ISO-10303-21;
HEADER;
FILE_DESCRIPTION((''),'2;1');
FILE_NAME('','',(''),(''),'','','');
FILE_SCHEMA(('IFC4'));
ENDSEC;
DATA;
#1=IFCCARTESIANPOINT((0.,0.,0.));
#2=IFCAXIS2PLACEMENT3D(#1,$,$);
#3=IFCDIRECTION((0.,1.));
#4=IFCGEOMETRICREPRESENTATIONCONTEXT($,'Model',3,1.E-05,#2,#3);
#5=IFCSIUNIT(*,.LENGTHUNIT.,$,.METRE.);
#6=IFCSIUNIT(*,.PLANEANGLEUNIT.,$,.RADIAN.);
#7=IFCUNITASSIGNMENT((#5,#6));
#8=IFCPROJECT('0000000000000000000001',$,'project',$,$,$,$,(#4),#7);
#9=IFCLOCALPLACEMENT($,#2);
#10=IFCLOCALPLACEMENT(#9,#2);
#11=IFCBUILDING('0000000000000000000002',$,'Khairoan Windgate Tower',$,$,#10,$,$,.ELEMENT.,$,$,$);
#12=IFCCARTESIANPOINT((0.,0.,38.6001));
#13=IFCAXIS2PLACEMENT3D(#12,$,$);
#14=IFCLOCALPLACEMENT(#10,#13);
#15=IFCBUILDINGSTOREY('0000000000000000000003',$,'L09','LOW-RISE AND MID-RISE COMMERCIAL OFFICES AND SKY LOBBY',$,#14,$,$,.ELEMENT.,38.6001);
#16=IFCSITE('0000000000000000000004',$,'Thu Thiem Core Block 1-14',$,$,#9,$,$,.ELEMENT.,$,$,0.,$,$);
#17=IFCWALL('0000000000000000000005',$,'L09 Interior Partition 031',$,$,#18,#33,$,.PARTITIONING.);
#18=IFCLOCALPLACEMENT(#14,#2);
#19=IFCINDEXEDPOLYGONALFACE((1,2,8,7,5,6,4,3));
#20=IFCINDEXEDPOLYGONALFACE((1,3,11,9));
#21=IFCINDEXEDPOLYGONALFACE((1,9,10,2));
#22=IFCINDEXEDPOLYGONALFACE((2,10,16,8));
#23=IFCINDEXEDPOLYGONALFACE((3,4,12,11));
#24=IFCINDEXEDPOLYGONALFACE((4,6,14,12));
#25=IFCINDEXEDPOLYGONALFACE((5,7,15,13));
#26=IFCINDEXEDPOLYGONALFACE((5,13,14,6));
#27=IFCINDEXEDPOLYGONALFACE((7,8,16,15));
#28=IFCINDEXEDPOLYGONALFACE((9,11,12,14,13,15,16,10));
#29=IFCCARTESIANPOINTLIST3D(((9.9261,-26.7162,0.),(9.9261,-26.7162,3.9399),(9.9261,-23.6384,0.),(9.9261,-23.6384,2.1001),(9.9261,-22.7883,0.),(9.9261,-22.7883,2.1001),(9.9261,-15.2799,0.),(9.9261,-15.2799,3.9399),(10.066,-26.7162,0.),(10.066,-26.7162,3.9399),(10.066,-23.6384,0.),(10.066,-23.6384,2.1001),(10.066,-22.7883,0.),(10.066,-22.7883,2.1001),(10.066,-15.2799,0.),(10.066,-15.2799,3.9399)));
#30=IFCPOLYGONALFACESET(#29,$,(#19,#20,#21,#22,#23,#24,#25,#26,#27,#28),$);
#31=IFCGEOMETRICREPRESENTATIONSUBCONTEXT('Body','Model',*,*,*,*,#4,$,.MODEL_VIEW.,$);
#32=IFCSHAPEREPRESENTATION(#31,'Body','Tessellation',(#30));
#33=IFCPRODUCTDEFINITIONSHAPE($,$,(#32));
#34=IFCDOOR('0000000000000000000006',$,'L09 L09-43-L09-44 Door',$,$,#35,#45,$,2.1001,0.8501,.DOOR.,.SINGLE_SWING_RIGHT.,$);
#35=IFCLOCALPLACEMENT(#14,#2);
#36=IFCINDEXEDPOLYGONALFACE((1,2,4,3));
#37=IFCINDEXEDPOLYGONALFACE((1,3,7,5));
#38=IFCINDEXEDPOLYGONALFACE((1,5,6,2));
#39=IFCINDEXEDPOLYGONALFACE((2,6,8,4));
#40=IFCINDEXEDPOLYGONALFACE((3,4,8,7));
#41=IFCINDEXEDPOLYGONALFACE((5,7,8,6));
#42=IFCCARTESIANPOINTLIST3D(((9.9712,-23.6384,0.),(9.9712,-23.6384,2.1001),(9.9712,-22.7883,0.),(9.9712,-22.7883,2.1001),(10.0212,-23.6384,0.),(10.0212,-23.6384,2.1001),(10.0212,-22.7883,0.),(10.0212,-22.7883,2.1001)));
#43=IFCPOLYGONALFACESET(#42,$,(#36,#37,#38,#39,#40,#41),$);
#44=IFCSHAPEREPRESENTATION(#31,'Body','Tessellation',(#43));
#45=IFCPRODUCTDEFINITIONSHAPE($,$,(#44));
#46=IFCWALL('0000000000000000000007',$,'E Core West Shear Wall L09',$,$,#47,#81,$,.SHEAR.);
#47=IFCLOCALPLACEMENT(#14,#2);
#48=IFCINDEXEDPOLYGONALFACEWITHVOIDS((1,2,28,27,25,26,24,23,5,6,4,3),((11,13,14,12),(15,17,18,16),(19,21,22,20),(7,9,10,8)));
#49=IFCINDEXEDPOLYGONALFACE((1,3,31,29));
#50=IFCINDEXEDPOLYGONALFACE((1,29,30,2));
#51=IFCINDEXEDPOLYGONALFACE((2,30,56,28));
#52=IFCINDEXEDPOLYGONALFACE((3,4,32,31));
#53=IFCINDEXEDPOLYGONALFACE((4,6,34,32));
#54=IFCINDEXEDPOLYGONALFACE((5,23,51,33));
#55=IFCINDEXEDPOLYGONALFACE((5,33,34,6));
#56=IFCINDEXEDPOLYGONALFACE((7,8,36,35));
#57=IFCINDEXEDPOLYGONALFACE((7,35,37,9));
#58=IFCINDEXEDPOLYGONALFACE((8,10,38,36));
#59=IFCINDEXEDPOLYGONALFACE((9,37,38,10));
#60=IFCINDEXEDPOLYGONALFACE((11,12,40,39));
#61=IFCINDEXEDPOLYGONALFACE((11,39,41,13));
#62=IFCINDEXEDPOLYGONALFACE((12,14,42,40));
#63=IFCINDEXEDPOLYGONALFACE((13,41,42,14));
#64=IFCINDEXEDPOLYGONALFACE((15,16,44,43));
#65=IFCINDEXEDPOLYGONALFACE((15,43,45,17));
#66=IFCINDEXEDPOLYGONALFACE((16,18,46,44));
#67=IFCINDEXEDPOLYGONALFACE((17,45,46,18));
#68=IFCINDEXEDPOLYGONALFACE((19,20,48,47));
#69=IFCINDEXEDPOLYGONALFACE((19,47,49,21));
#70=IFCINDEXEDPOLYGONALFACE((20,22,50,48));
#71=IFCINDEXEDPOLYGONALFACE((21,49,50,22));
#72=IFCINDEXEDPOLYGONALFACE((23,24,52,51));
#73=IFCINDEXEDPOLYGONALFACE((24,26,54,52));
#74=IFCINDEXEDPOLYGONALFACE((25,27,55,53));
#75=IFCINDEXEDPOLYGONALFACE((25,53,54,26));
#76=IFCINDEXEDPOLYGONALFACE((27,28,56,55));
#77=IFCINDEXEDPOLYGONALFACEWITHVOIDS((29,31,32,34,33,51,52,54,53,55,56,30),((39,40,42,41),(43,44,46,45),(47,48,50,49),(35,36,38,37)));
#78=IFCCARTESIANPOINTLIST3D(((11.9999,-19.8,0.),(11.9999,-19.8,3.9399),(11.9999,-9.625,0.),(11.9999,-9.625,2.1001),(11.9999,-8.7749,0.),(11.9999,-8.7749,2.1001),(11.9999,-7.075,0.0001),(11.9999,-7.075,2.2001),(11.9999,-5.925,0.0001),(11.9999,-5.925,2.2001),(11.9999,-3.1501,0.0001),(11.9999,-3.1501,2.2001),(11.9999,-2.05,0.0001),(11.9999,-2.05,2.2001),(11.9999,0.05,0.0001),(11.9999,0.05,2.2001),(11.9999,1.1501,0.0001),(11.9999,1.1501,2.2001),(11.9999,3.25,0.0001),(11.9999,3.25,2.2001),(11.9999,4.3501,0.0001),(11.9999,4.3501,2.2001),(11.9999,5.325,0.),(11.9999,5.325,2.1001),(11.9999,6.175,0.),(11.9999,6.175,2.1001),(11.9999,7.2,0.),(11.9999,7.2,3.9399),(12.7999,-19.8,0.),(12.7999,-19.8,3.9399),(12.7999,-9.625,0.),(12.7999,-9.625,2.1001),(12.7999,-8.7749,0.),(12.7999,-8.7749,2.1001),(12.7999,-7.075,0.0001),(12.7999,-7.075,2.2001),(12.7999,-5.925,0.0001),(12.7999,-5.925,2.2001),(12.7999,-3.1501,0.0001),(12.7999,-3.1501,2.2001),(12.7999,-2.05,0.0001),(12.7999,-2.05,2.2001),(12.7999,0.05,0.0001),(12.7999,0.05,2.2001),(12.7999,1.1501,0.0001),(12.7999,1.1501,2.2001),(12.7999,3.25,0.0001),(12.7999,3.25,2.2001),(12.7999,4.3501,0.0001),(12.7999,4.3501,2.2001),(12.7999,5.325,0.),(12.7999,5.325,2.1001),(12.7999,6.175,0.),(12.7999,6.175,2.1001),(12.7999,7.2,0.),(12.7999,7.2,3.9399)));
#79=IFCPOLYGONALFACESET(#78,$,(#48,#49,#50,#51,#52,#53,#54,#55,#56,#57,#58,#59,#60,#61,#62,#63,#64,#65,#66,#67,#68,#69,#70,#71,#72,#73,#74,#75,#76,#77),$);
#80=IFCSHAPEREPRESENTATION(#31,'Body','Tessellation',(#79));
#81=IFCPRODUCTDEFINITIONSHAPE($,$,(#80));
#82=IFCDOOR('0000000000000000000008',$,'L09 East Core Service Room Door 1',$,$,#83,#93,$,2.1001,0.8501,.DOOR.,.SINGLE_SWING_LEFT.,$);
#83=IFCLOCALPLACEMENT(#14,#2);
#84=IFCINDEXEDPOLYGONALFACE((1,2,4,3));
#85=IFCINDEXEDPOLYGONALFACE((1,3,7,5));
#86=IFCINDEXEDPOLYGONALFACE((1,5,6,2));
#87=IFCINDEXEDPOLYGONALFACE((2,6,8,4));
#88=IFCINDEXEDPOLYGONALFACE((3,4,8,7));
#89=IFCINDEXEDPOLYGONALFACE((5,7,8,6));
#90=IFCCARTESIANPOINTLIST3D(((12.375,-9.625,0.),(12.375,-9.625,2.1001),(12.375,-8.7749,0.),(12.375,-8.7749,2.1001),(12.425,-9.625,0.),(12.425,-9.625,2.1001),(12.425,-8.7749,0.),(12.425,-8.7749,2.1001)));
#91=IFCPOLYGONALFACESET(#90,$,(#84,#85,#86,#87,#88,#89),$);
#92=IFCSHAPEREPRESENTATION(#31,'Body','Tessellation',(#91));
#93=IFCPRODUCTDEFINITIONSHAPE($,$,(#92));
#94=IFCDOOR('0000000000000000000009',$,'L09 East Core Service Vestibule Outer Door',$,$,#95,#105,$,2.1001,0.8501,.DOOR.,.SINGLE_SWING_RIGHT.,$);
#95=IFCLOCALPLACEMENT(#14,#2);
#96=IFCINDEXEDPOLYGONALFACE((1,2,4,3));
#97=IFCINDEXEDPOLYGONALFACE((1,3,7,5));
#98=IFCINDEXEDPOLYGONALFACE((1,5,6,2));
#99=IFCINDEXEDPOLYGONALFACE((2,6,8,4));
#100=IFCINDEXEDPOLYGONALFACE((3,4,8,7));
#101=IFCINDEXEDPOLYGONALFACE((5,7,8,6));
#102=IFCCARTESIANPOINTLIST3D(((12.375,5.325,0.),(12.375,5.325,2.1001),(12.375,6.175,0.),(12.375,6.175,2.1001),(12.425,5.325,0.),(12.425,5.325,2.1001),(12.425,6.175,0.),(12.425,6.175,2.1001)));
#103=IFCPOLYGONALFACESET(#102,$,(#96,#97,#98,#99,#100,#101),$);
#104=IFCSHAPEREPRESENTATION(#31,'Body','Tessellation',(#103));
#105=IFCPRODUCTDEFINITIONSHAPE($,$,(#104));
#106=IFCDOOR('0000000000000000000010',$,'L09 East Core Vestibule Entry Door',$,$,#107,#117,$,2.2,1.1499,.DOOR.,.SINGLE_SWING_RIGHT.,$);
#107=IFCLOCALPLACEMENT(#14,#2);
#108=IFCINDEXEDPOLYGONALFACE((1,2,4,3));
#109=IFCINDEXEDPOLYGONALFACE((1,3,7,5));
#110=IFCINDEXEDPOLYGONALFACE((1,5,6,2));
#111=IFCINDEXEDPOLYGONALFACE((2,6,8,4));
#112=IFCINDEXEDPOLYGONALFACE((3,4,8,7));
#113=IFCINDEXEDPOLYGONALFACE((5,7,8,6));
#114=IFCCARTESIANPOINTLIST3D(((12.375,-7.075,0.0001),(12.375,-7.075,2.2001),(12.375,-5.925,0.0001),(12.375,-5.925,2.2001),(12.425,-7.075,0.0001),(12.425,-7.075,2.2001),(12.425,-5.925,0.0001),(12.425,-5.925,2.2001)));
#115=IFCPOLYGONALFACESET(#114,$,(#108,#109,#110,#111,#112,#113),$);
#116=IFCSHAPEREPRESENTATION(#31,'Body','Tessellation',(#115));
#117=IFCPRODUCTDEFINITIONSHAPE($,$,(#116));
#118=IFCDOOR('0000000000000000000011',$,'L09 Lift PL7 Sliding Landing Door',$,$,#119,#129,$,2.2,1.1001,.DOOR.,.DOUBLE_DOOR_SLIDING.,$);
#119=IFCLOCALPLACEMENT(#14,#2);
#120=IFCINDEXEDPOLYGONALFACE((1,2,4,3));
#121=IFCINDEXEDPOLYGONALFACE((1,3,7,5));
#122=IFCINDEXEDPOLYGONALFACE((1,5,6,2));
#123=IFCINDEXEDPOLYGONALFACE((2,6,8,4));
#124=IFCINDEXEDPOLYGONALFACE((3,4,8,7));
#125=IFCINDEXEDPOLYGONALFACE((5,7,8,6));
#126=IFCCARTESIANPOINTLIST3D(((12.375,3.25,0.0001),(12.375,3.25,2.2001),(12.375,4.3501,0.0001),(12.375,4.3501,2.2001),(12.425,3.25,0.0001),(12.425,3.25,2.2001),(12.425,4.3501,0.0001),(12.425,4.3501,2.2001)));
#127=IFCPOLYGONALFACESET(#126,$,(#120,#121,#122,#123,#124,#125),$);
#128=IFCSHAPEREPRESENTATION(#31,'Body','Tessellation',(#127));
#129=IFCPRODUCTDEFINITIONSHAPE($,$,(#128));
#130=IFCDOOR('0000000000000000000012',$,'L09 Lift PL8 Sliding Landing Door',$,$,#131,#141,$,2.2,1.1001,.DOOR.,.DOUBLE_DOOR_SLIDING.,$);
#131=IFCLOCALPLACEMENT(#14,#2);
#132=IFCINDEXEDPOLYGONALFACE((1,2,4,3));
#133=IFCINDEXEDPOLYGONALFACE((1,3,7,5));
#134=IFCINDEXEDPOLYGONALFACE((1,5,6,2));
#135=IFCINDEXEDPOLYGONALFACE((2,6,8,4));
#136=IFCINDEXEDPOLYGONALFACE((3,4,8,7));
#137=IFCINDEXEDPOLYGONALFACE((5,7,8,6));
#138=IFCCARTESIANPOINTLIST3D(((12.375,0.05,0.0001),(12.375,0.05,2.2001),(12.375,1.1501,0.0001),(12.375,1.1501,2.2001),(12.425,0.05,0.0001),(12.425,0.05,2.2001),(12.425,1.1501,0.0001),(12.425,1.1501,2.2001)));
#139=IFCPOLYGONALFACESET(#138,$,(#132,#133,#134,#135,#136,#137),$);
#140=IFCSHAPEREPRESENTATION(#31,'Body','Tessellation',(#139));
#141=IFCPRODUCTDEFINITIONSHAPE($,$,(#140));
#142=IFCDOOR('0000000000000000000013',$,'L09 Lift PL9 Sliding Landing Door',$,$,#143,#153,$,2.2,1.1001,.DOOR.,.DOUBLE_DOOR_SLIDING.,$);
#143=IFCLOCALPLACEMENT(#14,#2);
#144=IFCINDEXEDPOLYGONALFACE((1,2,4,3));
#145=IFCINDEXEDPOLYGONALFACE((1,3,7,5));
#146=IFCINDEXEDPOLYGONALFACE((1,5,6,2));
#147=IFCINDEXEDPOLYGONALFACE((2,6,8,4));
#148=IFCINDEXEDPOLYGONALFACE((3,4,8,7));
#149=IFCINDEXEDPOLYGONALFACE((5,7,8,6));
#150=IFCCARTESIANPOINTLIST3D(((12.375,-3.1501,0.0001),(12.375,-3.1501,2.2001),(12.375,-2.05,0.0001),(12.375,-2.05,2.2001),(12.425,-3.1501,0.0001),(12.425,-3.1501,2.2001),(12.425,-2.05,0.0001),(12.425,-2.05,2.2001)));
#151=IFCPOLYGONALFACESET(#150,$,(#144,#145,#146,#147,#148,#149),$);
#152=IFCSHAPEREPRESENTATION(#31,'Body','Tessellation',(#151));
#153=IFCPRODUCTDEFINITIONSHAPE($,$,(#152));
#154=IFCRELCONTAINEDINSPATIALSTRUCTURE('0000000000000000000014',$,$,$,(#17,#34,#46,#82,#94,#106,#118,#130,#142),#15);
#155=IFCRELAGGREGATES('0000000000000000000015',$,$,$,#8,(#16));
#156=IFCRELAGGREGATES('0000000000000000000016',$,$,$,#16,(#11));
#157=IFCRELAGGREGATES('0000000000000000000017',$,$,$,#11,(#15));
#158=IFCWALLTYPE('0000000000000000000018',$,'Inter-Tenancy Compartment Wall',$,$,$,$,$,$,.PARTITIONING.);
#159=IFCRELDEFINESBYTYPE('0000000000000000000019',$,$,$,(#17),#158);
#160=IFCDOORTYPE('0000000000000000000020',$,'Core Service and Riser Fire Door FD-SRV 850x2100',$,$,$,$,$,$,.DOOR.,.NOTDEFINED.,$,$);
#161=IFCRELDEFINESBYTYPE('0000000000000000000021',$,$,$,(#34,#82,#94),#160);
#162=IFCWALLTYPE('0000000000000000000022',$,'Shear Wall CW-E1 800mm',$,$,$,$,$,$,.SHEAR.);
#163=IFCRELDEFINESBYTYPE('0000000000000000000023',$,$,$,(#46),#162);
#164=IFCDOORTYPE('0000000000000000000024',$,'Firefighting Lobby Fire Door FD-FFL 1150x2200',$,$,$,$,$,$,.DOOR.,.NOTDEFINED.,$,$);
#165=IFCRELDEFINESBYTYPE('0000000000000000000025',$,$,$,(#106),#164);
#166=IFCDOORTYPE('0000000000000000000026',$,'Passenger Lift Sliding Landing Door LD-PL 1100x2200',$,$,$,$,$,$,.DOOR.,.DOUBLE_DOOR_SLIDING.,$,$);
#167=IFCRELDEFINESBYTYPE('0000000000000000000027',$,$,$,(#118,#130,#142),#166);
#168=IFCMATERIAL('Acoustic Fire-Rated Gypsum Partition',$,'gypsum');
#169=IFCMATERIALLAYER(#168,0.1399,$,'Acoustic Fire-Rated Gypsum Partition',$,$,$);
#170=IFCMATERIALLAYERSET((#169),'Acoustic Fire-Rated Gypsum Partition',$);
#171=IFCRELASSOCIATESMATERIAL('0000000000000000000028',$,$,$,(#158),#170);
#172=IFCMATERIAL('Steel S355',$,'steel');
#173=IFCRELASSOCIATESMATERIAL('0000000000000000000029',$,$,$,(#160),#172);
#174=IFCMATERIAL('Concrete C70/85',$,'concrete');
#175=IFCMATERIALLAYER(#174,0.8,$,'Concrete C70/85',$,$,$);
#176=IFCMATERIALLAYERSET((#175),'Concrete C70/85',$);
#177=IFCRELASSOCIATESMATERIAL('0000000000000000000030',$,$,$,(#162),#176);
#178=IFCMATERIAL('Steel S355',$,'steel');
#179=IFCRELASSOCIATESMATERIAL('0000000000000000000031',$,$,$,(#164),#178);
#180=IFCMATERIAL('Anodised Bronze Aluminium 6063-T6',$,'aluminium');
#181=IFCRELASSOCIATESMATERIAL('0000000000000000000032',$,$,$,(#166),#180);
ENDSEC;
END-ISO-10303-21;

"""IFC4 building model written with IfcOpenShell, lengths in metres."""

from ifc_helpers import new_model, si_unit, direction, frame, frame_2d, origin, place, context, subcontext, project, spatial, rectangle, extrude, material, layer, layer_set, type_object, element, fill, save


model = new_model("IFC4")

# Units and contexts
model_context = context("Model", 3, precision=1e-05, world=origin(), true_north=direction((0.0, 1.0)))
body_context = subcontext(model_context, "Body", "Model", "MODEL_VIEW")
ifc_project = project(units=[si_unit("LENGTHUNIT", "METRE"), si_unit("PLANEANGLEUNIT", "RADIAN")], contexts=[model_context])

# Site, building, storey
site_placement = place(None, origin())
site = spatial("IfcSite", under=ifc_project, at=site_placement, Name="Thu Thiem Core Block 1-14", CompositionType="ELEMENT", RefElevation=0.0)
building_placement = place(site_placement, origin())
building = spatial("IfcBuilding", under=site, at=building_placement, Name="Khairoan Windgate Tower", CompositionType="ELEMENT")
storey_placement = place(building_placement, frame((0.0, 0.0, 38.6001)))
storey = spatial("IfcBuildingStorey", under=building, at=storey_placement, Name="L09", Description="LOW-RISE AND MID-RISE COMMERCIAL OFFICES AND SKY LOBBY", CompositionType="ELEMENT", Elevation=38.6001)

# Wall, opening, door
ifc_material_1 = material(Name="Acoustic Fire-Rated Gypsum Partition", Category="gypsum")
ifc_layer_1 = layer(ifc_material_1, 0.1399, Name="Acoustic Fire-Rated Gypsum Partition")
ifc_layer_set_1 = layer_set([ifc_layer_1], Name="Acoustic Fire-Rated Gypsum Partition")
wall_type_1 = type_object("IfcWallType", Name="Inter-Tenancy Compartment Wall", PredefinedType="PARTITIONING", material=ifc_layer_set_1)
wall_1_placement = place(storey_placement, frame((9.9961, -26.7163, 0.0), z_axis=(0.0, 0.0, 1.0), x_axis=(0.0, 1.0, 0.0)))
wall_1 = element("IfcWall", 1, at=wall_1_placement, inside=storey, type_object=wall_type_1, Name="L09 Interior Partition 031", PredefinedType="PARTITIONING", context=body_context, shape_type="SweptSolid", body=[
    extrude(rectangle(XDim=11.4363, YDim=0.1399, at=frame_2d((5.7183, 0.0))), origin(), (0.0, 0.0, 1.0), 3.9399),
])
opening_1_placement = place(wall_1_placement, frame((3.0779, 0.0, 0.0)))
opening_1 = element("IfcOpeningElement", 2, at=opening_1_placement, cuts=wall_1, PredefinedType="OPENING", context=body_context, shape_type="SweptSolid", body=[
    extrude(rectangle(XDim=0.8501, YDim=2.1001, at=frame_2d((0.425, 1.05))), frame((0.0, 0.0798, 0.0), z_axis=(0.0, -1.0, 0.0), x_axis=(1.0, 0.0, 0.0)), (0.0, 0.0, 1.0), 0.1599),
])
ifc_material_2 = material(Name="Steel S355", Category="steel")
door_type_1 = type_object("IfcDoorType", Name="Core Service and Riser Fire Door FD-SRV 850x2100", OperationType="NOTDEFINED", PredefinedType="DOOR", material=ifc_material_2)
door_1_placement = place(opening_1_placement, origin())
door_1 = element("IfcDoor", 3, at=door_1_placement, inside=storey, type_object=door_type_1, Name="L09 L09-43-L09-44 Door", OperationType="SINGLE_SWING_RIGHT", OverallHeight=2.1001, OverallWidth=0.8501, PredefinedType="DOOR", context=body_context, shape_type="SweptSolid", body=[
    extrude(rectangle(XDim=0.8501, YDim=2.1001, at=frame_2d((0.425, 1.05))), frame((0.0, 0.0249, 0.0), z_axis=(0.0, -1.0, 0.0), x_axis=(1.0, 0.0, 0.0)), (0.0, 0.0, 1.0), 0.05),
])
fill(opening_1, door_1)

# Wall, openings, doors
ifc_material_3 = material(Name="Concrete C70/85", Category="concrete")
ifc_layer_2 = layer(ifc_material_3, 0.8, Name="Concrete C70/85")
ifc_layer_set_2 = layer_set([ifc_layer_2], Name="Concrete C70/85")
wall_type_2 = type_object("IfcWallType", Name="Shear Wall CW-E1 800mm", PredefinedType="SHEAR", material=ifc_layer_set_2)
wall_2_placement = place(storey_placement, frame((12.3999, -19.8, 0.0), z_axis=(0.0, 0.0, 1.0), x_axis=(0.0, 1.0, 0.0)))
wall_2 = element("IfcWall", 4, at=wall_2_placement, inside=storey, type_object=wall_type_2, Name="E Core West Shear Wall L09", PredefinedType="SHEAR", context=body_context, shape_type="SweptSolid", body=[
    extrude(rectangle(XDim=27.0, YDim=0.8, at=frame_2d((13.5, 0.0))), origin(), (0.0, 0.0, 1.0), 3.9399),
])
opening_2_placement = place(wall_2_placement, frame((23.05, 0.0, 0.0)))
opening_2 = element("IfcOpeningElement", 5, at=opening_2_placement, cuts=wall_2, PredefinedType="OPENING", context=body_context, shape_type="SweptSolid", body=[
    extrude(rectangle(XDim=1.1001, YDim=2.2, at=frame_2d((0.55, 1.1001))), frame((0.0, 0.4099, 0.0), z_axis=(0.0, -1.0, 0.0), x_axis=(1.0, 0.0, 0.0)), (0.0, 0.0, 1.0), 0.8201),
])
opening_3_placement = place(wall_2_placement, frame((19.8501, 0.0, 0.0)))
opening_3 = element("IfcOpeningElement", 6, at=opening_3_placement, cuts=wall_2, PredefinedType="OPENING", context=body_context, shape_type="SweptSolid", body=[
    extrude(rectangle(XDim=1.1001, YDim=2.2, at=frame_2d((0.55, 1.1001))), frame((0.0, 0.4099, 0.0), z_axis=(0.0, -1.0, 0.0), x_axis=(1.0, 0.0, 0.0)), (0.0, 0.0, 1.0), 0.8201),
])
opening_4_placement = place(wall_2_placement, frame((16.6499, 0.0, 0.0)))
opening_4 = element("IfcOpeningElement", 7, at=opening_4_placement, cuts=wall_2, PredefinedType="OPENING", context=body_context, shape_type="SweptSolid", body=[
    extrude(rectangle(XDim=1.1001, YDim=2.2, at=frame_2d((0.55, 1.1001))), frame((0.0, 0.4099, 0.0), z_axis=(0.0, -1.0, 0.0), x_axis=(1.0, 0.0, 0.0)), (0.0, 0.0, 1.0), 0.8201),
])
opening_5_placement = place(wall_2_placement, frame((10.175, 0.0, 0.0)))
opening_5 = element("IfcOpeningElement", 8, at=opening_5_placement, cuts=wall_2, PredefinedType="OPENING", context=body_context, shape_type="SweptSolid", body=[
    extrude(rectangle(XDim=0.8501, YDim=2.1001, at=frame_2d((0.425, 1.05))), frame((0.0, 0.4099, 0.0), z_axis=(0.0, -1.0, 0.0), x_axis=(1.0, 0.0, 0.0)), (0.0, 0.0, 1.0), 0.8201),
])
opening_6_placement = place(wall_2_placement, frame((12.7251, 0.0, 0.0)))
opening_6 = element("IfcOpeningElement", 9, at=opening_6_placement, cuts=wall_2, PredefinedType="OPENING", context=body_context, shape_type="SweptSolid", body=[
    extrude(rectangle(XDim=1.1499, YDim=2.2, at=frame_2d((0.575, 1.1001))), frame((0.0, 0.4099, 0.0), z_axis=(0.0, -1.0, 0.0), x_axis=(1.0, 0.0, 0.0)), (0.0, 0.0, 1.0), 0.8201),
])
opening_7_placement = place(wall_2_placement, frame((25.125, 0.0, 0.0)))
opening_7 = element("IfcOpeningElement", 10, at=opening_7_placement, cuts=wall_2, PredefinedType="OPENING", context=body_context, shape_type="SweptSolid", body=[
    extrude(rectangle(XDim=0.8501, YDim=2.1001, at=frame_2d((0.425, 1.05))), frame((0.0, 0.4099, 0.0), z_axis=(0.0, -1.0, 0.0), x_axis=(1.0, 0.0, 0.0)), (0.0, 0.0, 1.0), 0.8201),
])
door_2_placement = place(opening_5_placement, origin())
door_2 = element("IfcDoor", 11, at=door_2_placement, inside=storey, type_object=door_type_1, Name="L09 East Core Service Room Door 1", OperationType="SINGLE_SWING_LEFT", OverallHeight=2.1001, OverallWidth=0.8501, PredefinedType="DOOR", context=body_context, shape_type="SweptSolid", body=[
    extrude(rectangle(XDim=0.8501, YDim=2.1001, at=frame_2d((0.425, 1.05))), frame((0.0, 0.0249, 0.0), z_axis=(0.0, -1.0, 0.0), x_axis=(1.0, 0.0, 0.0)), (0.0, 0.0, 1.0), 0.05),
])
fill(opening_5, door_2)
door_3_placement = place(opening_7_placement, origin())
door_3 = element("IfcDoor", 12, at=door_3_placement, inside=storey, type_object=door_type_1, Name="L09 East Core Service Vestibule Outer Door", OperationType="SINGLE_SWING_RIGHT", OverallHeight=2.1001, OverallWidth=0.8501, PredefinedType="DOOR", context=body_context, shape_type="SweptSolid", body=[
    extrude(rectangle(XDim=0.8501, YDim=2.1001, at=frame_2d((0.425, 1.05))), frame((0.0, 0.0249, 0.0), z_axis=(0.0, -1.0, 0.0), x_axis=(1.0, 0.0, 0.0)), (0.0, 0.0, 1.0), 0.05),
])
fill(opening_7, door_3)
ifc_material_4 = material(Name="Steel S355", Category="steel")
door_type_2 = type_object("IfcDoorType", Name="Firefighting Lobby Fire Door FD-FFL 1150x2200", OperationType="NOTDEFINED", PredefinedType="DOOR", material=ifc_material_4)
door_4_placement = place(opening_6_placement, origin())
door_4 = element("IfcDoor", 13, at=door_4_placement, inside=storey, type_object=door_type_2, Name="L09 East Core Vestibule Entry Door", OperationType="SINGLE_SWING_RIGHT", OverallHeight=2.2, OverallWidth=1.1499, PredefinedType="DOOR", context=body_context, shape_type="SweptSolid", body=[
    extrude(rectangle(XDim=1.1499, YDim=2.2, at=frame_2d((0.575, 1.1001))), frame((0.0, 0.0249, 0.0), z_axis=(0.0, -1.0, 0.0), x_axis=(1.0, 0.0, 0.0)), (0.0, 0.0, 1.0), 0.05),
])
fill(opening_6, door_4)
ifc_material_5 = material(Name="Anodised Bronze Aluminium 6063-T6", Category="aluminium")
door_type_3 = type_object("IfcDoorType", Name="Passenger Lift Sliding Landing Door LD-PL 1100x2200", OperationType="DOUBLE_DOOR_SLIDING", PredefinedType="DOOR", material=ifc_material_5)
door_5_placement = place(opening_2_placement, origin())
door_5 = element("IfcDoor", 14, at=door_5_placement, inside=storey, type_object=door_type_3, Name="L09 Lift PL7 Sliding Landing Door", OperationType="DOUBLE_DOOR_SLIDING", OverallHeight=2.2, OverallWidth=1.1001, PredefinedType="DOOR", context=body_context, shape_type="SweptSolid", body=[
    extrude(rectangle(XDim=1.1001, YDim=2.2, at=frame_2d((0.55, 1.1001))), frame((0.0, 0.0249, 0.0), z_axis=(0.0, -1.0, 0.0), x_axis=(1.0, 0.0, 0.0)), (0.0, 0.0, 1.0), 0.05),
])
fill(opening_2, door_5)
door_6_placement = place(opening_3_placement, origin())
door_6 = element("IfcDoor", 15, at=door_6_placement, inside=storey, type_object=door_type_3, Name="L09 Lift PL8 Sliding Landing Door", OperationType="DOUBLE_DOOR_SLIDING", OverallHeight=2.2, OverallWidth=1.1001, PredefinedType="DOOR", context=body_context, shape_type="SweptSolid", body=[
    extrude(rectangle(XDim=1.1001, YDim=2.2, at=frame_2d((0.55, 1.1001))), frame((0.0, 0.0249, 0.0), z_axis=(0.0, -1.0, 0.0), x_axis=(1.0, 0.0, 0.0)), (0.0, 0.0, 1.0), 0.05),
])
fill(opening_3, door_6)
door_7_placement = place(opening_4_placement, origin())
door_7 = element("IfcDoor", 16, at=door_7_placement, inside=storey, type_object=door_type_3, Name="L09 Lift PL9 Sliding Landing Door", OperationType="DOUBLE_DOOR_SLIDING", OverallHeight=2.2, OverallWidth=1.1001, PredefinedType="DOOR", context=body_context, shape_type="SweptSolid", body=[
    extrude(rectangle(XDim=1.1001, YDim=2.2, at=frame_2d((0.55, 1.1001))), frame((0.0, 0.0249, 0.0), z_axis=(0.0, -1.0, 0.0), x_axis=(1.0, 0.0, 0.0)), (0.0, 0.0, 1.0), 0.05),
])
fill(opening_4, door_7)

save(model, "model.ifc")
